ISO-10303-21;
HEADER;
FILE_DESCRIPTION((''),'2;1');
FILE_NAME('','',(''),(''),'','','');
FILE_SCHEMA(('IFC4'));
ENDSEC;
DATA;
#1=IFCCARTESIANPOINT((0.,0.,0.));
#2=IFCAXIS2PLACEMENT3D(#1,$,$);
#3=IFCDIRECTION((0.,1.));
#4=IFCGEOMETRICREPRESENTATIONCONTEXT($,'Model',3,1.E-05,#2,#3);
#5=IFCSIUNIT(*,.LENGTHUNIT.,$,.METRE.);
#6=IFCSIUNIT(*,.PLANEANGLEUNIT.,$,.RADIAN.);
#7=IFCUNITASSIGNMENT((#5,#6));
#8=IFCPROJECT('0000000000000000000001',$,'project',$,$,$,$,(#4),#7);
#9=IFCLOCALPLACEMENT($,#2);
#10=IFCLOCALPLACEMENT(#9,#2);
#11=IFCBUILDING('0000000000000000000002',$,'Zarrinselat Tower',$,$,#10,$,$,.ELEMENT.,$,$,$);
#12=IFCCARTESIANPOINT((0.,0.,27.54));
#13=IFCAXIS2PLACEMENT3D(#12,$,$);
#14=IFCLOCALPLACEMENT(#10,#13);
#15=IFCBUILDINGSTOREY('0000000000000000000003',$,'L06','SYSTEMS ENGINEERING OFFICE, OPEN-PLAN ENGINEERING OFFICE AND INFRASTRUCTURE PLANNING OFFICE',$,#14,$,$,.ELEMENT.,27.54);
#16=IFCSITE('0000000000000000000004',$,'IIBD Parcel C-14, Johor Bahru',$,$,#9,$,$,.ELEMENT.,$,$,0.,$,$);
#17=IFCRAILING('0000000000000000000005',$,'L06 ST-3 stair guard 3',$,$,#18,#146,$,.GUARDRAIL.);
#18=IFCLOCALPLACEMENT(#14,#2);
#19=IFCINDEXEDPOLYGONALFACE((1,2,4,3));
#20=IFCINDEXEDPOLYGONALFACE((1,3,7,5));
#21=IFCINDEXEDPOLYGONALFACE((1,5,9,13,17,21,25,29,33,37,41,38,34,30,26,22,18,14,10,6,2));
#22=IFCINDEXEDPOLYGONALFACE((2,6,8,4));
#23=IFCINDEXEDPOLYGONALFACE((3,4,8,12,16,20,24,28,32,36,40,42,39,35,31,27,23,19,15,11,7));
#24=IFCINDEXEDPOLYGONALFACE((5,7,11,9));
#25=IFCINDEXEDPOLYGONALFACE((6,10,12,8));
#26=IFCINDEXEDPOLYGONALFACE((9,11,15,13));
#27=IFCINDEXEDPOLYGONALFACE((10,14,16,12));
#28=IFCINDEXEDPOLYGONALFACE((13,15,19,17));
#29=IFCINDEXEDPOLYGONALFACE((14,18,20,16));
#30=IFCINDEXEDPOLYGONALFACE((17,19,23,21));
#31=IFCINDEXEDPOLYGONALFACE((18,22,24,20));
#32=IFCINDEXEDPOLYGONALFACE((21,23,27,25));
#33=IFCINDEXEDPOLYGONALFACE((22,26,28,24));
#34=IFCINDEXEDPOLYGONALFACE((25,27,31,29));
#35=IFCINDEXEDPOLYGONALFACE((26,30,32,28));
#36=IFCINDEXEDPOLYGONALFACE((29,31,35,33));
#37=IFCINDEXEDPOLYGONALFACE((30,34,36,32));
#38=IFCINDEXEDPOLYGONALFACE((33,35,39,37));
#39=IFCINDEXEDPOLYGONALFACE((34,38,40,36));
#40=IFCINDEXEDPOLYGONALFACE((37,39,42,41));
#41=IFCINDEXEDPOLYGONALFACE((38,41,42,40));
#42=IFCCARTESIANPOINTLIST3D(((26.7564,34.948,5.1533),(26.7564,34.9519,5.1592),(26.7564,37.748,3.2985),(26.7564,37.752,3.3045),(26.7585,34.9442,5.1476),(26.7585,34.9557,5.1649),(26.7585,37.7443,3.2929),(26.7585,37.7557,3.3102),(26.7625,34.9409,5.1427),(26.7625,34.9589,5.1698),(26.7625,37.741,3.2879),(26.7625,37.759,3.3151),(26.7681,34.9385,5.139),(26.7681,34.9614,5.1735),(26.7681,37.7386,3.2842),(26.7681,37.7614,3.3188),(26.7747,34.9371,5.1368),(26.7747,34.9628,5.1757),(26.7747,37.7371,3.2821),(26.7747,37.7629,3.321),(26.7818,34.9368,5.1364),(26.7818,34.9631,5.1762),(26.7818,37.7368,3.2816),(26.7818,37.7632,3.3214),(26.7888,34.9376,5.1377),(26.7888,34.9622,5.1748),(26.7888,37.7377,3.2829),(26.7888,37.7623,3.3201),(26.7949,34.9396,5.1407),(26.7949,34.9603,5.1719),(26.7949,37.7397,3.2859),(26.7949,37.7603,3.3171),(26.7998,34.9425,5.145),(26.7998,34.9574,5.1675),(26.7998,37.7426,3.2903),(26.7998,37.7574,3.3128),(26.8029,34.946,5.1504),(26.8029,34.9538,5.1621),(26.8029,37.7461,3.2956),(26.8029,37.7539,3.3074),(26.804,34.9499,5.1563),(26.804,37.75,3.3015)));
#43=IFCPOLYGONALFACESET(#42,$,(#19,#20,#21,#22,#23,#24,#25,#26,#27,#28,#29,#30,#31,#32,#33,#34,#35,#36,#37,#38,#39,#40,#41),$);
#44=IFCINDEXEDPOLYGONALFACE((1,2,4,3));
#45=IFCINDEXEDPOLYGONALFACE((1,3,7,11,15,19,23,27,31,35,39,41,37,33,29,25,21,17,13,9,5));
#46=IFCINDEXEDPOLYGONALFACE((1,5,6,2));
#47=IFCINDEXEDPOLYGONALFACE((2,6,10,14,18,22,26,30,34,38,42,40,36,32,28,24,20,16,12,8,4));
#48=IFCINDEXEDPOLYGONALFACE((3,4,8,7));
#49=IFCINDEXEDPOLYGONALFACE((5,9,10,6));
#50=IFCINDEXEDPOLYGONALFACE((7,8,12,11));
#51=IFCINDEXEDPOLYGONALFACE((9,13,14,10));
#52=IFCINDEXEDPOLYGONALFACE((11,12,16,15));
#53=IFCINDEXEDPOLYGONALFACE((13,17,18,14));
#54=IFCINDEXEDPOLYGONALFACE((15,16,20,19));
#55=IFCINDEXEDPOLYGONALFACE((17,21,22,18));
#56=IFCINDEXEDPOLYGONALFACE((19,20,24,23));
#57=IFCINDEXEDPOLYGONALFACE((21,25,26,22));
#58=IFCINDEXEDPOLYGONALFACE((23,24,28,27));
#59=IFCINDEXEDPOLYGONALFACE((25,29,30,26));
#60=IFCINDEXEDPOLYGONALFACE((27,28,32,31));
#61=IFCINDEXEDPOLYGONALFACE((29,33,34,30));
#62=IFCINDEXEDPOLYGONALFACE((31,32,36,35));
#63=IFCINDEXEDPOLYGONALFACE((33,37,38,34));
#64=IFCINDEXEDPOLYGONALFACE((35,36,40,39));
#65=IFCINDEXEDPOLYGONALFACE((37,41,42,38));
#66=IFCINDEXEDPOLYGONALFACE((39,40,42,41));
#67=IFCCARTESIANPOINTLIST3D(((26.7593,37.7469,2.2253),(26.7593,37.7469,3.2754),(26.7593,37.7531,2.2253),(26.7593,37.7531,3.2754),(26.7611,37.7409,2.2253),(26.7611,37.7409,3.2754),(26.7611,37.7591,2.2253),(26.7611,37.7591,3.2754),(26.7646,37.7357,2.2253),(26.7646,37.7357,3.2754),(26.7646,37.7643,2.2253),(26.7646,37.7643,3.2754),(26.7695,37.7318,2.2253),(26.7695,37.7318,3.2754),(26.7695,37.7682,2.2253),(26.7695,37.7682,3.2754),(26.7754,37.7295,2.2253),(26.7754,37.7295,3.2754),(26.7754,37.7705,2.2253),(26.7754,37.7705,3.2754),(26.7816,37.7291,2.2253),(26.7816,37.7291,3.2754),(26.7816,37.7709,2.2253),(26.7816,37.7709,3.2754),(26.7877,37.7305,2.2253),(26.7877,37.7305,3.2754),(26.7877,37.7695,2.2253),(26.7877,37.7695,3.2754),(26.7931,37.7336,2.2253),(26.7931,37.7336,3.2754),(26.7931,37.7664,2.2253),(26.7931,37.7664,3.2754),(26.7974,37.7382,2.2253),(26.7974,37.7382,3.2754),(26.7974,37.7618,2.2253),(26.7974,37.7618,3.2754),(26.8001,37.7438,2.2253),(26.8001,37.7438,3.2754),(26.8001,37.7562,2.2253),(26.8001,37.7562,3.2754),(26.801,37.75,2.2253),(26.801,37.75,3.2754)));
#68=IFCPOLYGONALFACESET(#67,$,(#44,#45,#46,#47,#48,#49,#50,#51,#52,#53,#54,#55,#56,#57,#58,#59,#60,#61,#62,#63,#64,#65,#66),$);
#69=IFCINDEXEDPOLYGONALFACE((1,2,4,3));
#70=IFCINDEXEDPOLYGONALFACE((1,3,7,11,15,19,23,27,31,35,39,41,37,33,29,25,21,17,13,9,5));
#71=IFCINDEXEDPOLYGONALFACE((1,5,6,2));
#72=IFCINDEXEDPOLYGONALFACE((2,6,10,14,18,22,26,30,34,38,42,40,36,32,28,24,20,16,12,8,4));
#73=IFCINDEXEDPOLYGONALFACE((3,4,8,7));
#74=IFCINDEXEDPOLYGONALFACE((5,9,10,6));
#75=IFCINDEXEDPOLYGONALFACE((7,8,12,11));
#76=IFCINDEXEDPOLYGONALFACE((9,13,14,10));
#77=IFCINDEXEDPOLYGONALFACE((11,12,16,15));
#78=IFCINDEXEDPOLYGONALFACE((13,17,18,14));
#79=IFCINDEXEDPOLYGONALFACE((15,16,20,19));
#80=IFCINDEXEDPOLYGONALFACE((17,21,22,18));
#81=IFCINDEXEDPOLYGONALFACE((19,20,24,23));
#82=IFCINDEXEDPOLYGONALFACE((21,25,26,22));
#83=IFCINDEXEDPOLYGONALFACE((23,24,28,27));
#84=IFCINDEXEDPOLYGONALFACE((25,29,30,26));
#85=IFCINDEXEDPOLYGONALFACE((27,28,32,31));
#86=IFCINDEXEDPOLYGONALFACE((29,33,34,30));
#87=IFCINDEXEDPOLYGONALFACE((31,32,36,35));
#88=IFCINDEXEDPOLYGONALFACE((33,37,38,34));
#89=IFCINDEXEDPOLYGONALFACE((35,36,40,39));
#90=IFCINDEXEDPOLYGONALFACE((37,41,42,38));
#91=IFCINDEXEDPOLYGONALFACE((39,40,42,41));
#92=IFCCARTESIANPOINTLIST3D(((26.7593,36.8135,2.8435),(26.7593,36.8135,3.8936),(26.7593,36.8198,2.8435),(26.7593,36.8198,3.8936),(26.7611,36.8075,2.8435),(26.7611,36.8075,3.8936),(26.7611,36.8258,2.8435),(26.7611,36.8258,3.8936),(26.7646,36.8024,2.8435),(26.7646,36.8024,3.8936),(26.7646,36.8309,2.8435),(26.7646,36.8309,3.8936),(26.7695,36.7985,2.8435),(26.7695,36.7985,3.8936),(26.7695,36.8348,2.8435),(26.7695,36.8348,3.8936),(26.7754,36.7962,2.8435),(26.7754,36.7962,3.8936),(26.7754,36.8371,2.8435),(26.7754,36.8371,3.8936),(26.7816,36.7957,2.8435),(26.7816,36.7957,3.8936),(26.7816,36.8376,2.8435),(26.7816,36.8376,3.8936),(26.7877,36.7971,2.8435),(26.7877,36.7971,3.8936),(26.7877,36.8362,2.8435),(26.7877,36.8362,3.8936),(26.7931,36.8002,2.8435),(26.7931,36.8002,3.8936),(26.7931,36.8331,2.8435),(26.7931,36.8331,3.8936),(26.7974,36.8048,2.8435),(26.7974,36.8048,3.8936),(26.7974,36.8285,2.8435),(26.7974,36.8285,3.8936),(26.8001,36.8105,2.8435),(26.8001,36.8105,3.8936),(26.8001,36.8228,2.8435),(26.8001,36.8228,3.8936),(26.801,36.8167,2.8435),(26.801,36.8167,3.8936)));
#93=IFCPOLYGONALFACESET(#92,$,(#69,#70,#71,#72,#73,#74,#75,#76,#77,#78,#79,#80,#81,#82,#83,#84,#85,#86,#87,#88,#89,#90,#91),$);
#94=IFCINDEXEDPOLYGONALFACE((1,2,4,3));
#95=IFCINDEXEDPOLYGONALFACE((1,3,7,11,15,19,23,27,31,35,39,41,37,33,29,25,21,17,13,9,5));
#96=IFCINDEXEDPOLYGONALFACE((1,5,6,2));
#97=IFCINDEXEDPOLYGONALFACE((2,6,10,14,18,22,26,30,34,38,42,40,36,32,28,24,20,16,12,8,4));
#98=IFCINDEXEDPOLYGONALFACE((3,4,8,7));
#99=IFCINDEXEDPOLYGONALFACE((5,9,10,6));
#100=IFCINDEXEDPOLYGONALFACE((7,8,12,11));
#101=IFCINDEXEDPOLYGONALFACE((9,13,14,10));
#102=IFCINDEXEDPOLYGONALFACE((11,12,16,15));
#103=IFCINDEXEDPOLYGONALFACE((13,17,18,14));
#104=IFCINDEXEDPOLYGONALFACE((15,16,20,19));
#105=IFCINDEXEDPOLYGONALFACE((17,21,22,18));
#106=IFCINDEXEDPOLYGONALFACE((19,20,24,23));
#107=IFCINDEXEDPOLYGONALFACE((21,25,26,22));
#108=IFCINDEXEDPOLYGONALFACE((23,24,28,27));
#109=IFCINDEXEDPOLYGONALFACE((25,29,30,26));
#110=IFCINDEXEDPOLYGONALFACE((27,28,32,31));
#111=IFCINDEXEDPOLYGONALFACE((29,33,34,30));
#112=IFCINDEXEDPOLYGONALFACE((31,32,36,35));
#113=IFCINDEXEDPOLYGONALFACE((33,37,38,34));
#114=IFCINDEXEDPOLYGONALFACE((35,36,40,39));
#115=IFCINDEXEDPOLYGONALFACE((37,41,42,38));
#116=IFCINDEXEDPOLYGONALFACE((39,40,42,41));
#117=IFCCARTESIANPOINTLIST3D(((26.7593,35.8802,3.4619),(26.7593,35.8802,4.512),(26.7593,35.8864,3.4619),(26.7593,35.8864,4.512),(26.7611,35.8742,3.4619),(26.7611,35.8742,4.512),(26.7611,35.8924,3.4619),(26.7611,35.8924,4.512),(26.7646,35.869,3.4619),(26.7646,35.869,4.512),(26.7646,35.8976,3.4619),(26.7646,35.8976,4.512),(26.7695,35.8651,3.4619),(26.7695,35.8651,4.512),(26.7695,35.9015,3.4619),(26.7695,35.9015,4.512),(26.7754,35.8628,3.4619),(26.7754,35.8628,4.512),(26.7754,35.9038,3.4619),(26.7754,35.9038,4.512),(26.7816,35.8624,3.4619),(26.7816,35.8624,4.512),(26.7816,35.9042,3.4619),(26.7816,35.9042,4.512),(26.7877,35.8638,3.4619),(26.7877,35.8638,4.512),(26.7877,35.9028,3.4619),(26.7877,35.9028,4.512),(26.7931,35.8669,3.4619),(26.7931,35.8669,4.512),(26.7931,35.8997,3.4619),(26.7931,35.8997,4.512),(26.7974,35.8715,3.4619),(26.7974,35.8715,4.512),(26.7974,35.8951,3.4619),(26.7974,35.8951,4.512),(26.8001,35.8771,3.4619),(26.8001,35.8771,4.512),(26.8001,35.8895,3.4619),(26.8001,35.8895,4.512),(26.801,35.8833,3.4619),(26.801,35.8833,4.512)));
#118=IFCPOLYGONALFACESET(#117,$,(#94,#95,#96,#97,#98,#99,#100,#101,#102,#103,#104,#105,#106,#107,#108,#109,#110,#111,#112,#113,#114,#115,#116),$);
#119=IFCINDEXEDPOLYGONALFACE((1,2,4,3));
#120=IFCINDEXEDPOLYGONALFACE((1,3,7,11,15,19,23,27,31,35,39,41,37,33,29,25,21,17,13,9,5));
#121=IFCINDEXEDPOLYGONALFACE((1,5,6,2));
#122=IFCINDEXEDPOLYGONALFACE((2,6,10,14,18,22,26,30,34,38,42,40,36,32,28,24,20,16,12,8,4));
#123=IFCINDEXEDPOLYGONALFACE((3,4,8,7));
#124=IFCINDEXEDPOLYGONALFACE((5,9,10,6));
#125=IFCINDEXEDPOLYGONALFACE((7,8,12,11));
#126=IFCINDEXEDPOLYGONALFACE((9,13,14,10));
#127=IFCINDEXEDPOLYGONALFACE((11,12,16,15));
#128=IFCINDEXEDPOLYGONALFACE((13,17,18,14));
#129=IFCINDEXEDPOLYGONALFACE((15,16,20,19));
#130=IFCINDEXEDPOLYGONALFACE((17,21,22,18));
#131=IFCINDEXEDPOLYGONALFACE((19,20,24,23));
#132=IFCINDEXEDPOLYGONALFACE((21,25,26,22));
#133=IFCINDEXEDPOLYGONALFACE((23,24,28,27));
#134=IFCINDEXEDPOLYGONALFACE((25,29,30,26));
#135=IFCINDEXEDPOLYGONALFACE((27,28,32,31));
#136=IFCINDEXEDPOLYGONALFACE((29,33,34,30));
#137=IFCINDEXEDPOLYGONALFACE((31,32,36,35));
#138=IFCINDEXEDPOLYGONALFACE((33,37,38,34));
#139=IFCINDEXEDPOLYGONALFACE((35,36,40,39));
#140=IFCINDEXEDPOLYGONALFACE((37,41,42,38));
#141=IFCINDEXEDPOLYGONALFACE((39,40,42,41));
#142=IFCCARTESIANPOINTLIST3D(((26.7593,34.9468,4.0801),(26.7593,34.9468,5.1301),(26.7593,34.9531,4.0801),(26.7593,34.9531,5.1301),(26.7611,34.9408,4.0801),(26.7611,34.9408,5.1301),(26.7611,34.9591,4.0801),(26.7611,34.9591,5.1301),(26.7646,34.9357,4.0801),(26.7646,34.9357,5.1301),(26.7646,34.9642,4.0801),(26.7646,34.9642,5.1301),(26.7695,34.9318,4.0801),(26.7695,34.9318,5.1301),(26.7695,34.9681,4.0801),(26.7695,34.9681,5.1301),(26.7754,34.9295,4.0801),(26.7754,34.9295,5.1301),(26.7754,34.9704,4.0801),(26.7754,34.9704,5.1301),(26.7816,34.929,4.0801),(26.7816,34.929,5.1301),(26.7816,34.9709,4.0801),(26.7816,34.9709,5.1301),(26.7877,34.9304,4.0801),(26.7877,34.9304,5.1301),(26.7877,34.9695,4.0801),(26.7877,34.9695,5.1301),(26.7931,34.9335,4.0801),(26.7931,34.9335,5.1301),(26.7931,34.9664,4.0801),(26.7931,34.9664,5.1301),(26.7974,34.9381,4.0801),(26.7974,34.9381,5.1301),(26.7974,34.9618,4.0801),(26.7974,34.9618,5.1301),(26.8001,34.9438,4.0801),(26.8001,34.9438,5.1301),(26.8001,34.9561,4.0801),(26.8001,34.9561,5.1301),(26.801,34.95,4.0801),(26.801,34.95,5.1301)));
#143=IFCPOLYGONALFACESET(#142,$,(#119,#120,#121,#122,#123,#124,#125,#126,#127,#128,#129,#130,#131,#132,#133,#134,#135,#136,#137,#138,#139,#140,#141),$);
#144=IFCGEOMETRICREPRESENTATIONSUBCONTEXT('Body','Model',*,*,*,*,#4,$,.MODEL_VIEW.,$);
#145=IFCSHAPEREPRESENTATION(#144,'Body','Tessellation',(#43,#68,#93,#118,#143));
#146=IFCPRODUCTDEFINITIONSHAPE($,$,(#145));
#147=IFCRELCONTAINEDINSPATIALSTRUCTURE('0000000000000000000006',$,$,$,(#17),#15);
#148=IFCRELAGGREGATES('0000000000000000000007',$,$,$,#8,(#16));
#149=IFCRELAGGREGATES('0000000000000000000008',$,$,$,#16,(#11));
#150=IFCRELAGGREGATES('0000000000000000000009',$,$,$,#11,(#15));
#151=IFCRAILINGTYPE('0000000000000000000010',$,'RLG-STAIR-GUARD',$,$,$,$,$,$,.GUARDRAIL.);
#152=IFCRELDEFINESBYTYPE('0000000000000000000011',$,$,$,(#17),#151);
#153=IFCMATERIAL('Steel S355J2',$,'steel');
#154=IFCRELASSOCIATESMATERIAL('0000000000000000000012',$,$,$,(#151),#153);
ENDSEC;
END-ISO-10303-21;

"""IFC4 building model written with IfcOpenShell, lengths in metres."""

from ifc_helpers import new_model, si_unit, direction, frame, origin, origin_2d, place, context, subcontext, project, spatial, circle, extrude, material, type_object, element, save


model = new_model("IFC4")

# Units and contexts
model_context = context("Model", 3, precision=1e-05, world=origin(), true_north=direction((0.0, 1.0)))
body_context = subcontext(model_context, "Body", "Model", "MODEL_VIEW")
ifc_project = project(units=[si_unit("LENGTHUNIT", "METRE"), si_unit("PLANEANGLEUNIT", "RADIAN")], contexts=[model_context])

# Site, building, storey
site_placement = place(None, origin())
site = spatial("IfcSite", under=ifc_project, at=site_placement, Name="IIBD Parcel C-14, Johor Bahru", CompositionType="ELEMENT", RefElevation=0.0)
building_placement = place(site_placement, origin())
building = spatial("IfcBuilding", under=site, at=building_placement, Name="Zarrinselat Tower", CompositionType="ELEMENT")
storey_placement = place(building_placement, frame((0.0, 0.0, 27.54)))
storey = spatial("IfcBuildingStorey", under=building, at=storey_placement, Name="L06", Description="SYSTEMS ENGINEERING OFFICE, OPEN-PLAN ENGINEERING OFFICE AND INFRASTRUCTURE PLANNING OFFICE", CompositionType="ELEMENT", Elevation=27.54)

# Railing
ifc_material_1 = material(Name="Steel S355J2", Category="steel")
railing_type_1 = type_object("IfcRailingType", Name="RLG-STAIR-GUARD", PredefinedType="GUARDRAIL", material=ifc_material_1)
railing_1_placement = place(storey_placement, frame((26.78, 37.75, 2.2253)))
element("IfcRailing", 1, at=railing_1_placement, inside=storey, type_object=railing_type_1, Name="L06 ST-3 stair guard 3", PredefinedType="GUARDRAIL", context=body_context, shape_type="SweptSolid", body=[
    extrude(circle(Radius=0.0239, at=origin_2d()), frame((0.0, 0.0, 1.0762), z_axis=(0.0, -0.833691, 0.552232), x_axis=(1.0, 0.0, 0.0)), (0.0, 0.0, 1.0), 3.3586),
    extrude(circle(Radius=0.021, at=origin_2d()), origin(), (0.0, 0.0, 1.0), 1.05),
    extrude(circle(Radius=0.021, at=origin_2d()), frame((0.0, -0.9333, 0.6182)), (0.0, 0.0, 1.0), 1.05),
    extrude(circle(Radius=0.021, at=origin_2d()), frame((0.0, -1.8667, 1.2366)), (0.0, 0.0, 1.0), 1.05),
    extrude(circle(Radius=0.021, at=origin_2d()), frame((0.0, -2.8, 1.8547)), (0.0, 0.0, 1.0), 1.05),
])

save(model, "model.ifc")
